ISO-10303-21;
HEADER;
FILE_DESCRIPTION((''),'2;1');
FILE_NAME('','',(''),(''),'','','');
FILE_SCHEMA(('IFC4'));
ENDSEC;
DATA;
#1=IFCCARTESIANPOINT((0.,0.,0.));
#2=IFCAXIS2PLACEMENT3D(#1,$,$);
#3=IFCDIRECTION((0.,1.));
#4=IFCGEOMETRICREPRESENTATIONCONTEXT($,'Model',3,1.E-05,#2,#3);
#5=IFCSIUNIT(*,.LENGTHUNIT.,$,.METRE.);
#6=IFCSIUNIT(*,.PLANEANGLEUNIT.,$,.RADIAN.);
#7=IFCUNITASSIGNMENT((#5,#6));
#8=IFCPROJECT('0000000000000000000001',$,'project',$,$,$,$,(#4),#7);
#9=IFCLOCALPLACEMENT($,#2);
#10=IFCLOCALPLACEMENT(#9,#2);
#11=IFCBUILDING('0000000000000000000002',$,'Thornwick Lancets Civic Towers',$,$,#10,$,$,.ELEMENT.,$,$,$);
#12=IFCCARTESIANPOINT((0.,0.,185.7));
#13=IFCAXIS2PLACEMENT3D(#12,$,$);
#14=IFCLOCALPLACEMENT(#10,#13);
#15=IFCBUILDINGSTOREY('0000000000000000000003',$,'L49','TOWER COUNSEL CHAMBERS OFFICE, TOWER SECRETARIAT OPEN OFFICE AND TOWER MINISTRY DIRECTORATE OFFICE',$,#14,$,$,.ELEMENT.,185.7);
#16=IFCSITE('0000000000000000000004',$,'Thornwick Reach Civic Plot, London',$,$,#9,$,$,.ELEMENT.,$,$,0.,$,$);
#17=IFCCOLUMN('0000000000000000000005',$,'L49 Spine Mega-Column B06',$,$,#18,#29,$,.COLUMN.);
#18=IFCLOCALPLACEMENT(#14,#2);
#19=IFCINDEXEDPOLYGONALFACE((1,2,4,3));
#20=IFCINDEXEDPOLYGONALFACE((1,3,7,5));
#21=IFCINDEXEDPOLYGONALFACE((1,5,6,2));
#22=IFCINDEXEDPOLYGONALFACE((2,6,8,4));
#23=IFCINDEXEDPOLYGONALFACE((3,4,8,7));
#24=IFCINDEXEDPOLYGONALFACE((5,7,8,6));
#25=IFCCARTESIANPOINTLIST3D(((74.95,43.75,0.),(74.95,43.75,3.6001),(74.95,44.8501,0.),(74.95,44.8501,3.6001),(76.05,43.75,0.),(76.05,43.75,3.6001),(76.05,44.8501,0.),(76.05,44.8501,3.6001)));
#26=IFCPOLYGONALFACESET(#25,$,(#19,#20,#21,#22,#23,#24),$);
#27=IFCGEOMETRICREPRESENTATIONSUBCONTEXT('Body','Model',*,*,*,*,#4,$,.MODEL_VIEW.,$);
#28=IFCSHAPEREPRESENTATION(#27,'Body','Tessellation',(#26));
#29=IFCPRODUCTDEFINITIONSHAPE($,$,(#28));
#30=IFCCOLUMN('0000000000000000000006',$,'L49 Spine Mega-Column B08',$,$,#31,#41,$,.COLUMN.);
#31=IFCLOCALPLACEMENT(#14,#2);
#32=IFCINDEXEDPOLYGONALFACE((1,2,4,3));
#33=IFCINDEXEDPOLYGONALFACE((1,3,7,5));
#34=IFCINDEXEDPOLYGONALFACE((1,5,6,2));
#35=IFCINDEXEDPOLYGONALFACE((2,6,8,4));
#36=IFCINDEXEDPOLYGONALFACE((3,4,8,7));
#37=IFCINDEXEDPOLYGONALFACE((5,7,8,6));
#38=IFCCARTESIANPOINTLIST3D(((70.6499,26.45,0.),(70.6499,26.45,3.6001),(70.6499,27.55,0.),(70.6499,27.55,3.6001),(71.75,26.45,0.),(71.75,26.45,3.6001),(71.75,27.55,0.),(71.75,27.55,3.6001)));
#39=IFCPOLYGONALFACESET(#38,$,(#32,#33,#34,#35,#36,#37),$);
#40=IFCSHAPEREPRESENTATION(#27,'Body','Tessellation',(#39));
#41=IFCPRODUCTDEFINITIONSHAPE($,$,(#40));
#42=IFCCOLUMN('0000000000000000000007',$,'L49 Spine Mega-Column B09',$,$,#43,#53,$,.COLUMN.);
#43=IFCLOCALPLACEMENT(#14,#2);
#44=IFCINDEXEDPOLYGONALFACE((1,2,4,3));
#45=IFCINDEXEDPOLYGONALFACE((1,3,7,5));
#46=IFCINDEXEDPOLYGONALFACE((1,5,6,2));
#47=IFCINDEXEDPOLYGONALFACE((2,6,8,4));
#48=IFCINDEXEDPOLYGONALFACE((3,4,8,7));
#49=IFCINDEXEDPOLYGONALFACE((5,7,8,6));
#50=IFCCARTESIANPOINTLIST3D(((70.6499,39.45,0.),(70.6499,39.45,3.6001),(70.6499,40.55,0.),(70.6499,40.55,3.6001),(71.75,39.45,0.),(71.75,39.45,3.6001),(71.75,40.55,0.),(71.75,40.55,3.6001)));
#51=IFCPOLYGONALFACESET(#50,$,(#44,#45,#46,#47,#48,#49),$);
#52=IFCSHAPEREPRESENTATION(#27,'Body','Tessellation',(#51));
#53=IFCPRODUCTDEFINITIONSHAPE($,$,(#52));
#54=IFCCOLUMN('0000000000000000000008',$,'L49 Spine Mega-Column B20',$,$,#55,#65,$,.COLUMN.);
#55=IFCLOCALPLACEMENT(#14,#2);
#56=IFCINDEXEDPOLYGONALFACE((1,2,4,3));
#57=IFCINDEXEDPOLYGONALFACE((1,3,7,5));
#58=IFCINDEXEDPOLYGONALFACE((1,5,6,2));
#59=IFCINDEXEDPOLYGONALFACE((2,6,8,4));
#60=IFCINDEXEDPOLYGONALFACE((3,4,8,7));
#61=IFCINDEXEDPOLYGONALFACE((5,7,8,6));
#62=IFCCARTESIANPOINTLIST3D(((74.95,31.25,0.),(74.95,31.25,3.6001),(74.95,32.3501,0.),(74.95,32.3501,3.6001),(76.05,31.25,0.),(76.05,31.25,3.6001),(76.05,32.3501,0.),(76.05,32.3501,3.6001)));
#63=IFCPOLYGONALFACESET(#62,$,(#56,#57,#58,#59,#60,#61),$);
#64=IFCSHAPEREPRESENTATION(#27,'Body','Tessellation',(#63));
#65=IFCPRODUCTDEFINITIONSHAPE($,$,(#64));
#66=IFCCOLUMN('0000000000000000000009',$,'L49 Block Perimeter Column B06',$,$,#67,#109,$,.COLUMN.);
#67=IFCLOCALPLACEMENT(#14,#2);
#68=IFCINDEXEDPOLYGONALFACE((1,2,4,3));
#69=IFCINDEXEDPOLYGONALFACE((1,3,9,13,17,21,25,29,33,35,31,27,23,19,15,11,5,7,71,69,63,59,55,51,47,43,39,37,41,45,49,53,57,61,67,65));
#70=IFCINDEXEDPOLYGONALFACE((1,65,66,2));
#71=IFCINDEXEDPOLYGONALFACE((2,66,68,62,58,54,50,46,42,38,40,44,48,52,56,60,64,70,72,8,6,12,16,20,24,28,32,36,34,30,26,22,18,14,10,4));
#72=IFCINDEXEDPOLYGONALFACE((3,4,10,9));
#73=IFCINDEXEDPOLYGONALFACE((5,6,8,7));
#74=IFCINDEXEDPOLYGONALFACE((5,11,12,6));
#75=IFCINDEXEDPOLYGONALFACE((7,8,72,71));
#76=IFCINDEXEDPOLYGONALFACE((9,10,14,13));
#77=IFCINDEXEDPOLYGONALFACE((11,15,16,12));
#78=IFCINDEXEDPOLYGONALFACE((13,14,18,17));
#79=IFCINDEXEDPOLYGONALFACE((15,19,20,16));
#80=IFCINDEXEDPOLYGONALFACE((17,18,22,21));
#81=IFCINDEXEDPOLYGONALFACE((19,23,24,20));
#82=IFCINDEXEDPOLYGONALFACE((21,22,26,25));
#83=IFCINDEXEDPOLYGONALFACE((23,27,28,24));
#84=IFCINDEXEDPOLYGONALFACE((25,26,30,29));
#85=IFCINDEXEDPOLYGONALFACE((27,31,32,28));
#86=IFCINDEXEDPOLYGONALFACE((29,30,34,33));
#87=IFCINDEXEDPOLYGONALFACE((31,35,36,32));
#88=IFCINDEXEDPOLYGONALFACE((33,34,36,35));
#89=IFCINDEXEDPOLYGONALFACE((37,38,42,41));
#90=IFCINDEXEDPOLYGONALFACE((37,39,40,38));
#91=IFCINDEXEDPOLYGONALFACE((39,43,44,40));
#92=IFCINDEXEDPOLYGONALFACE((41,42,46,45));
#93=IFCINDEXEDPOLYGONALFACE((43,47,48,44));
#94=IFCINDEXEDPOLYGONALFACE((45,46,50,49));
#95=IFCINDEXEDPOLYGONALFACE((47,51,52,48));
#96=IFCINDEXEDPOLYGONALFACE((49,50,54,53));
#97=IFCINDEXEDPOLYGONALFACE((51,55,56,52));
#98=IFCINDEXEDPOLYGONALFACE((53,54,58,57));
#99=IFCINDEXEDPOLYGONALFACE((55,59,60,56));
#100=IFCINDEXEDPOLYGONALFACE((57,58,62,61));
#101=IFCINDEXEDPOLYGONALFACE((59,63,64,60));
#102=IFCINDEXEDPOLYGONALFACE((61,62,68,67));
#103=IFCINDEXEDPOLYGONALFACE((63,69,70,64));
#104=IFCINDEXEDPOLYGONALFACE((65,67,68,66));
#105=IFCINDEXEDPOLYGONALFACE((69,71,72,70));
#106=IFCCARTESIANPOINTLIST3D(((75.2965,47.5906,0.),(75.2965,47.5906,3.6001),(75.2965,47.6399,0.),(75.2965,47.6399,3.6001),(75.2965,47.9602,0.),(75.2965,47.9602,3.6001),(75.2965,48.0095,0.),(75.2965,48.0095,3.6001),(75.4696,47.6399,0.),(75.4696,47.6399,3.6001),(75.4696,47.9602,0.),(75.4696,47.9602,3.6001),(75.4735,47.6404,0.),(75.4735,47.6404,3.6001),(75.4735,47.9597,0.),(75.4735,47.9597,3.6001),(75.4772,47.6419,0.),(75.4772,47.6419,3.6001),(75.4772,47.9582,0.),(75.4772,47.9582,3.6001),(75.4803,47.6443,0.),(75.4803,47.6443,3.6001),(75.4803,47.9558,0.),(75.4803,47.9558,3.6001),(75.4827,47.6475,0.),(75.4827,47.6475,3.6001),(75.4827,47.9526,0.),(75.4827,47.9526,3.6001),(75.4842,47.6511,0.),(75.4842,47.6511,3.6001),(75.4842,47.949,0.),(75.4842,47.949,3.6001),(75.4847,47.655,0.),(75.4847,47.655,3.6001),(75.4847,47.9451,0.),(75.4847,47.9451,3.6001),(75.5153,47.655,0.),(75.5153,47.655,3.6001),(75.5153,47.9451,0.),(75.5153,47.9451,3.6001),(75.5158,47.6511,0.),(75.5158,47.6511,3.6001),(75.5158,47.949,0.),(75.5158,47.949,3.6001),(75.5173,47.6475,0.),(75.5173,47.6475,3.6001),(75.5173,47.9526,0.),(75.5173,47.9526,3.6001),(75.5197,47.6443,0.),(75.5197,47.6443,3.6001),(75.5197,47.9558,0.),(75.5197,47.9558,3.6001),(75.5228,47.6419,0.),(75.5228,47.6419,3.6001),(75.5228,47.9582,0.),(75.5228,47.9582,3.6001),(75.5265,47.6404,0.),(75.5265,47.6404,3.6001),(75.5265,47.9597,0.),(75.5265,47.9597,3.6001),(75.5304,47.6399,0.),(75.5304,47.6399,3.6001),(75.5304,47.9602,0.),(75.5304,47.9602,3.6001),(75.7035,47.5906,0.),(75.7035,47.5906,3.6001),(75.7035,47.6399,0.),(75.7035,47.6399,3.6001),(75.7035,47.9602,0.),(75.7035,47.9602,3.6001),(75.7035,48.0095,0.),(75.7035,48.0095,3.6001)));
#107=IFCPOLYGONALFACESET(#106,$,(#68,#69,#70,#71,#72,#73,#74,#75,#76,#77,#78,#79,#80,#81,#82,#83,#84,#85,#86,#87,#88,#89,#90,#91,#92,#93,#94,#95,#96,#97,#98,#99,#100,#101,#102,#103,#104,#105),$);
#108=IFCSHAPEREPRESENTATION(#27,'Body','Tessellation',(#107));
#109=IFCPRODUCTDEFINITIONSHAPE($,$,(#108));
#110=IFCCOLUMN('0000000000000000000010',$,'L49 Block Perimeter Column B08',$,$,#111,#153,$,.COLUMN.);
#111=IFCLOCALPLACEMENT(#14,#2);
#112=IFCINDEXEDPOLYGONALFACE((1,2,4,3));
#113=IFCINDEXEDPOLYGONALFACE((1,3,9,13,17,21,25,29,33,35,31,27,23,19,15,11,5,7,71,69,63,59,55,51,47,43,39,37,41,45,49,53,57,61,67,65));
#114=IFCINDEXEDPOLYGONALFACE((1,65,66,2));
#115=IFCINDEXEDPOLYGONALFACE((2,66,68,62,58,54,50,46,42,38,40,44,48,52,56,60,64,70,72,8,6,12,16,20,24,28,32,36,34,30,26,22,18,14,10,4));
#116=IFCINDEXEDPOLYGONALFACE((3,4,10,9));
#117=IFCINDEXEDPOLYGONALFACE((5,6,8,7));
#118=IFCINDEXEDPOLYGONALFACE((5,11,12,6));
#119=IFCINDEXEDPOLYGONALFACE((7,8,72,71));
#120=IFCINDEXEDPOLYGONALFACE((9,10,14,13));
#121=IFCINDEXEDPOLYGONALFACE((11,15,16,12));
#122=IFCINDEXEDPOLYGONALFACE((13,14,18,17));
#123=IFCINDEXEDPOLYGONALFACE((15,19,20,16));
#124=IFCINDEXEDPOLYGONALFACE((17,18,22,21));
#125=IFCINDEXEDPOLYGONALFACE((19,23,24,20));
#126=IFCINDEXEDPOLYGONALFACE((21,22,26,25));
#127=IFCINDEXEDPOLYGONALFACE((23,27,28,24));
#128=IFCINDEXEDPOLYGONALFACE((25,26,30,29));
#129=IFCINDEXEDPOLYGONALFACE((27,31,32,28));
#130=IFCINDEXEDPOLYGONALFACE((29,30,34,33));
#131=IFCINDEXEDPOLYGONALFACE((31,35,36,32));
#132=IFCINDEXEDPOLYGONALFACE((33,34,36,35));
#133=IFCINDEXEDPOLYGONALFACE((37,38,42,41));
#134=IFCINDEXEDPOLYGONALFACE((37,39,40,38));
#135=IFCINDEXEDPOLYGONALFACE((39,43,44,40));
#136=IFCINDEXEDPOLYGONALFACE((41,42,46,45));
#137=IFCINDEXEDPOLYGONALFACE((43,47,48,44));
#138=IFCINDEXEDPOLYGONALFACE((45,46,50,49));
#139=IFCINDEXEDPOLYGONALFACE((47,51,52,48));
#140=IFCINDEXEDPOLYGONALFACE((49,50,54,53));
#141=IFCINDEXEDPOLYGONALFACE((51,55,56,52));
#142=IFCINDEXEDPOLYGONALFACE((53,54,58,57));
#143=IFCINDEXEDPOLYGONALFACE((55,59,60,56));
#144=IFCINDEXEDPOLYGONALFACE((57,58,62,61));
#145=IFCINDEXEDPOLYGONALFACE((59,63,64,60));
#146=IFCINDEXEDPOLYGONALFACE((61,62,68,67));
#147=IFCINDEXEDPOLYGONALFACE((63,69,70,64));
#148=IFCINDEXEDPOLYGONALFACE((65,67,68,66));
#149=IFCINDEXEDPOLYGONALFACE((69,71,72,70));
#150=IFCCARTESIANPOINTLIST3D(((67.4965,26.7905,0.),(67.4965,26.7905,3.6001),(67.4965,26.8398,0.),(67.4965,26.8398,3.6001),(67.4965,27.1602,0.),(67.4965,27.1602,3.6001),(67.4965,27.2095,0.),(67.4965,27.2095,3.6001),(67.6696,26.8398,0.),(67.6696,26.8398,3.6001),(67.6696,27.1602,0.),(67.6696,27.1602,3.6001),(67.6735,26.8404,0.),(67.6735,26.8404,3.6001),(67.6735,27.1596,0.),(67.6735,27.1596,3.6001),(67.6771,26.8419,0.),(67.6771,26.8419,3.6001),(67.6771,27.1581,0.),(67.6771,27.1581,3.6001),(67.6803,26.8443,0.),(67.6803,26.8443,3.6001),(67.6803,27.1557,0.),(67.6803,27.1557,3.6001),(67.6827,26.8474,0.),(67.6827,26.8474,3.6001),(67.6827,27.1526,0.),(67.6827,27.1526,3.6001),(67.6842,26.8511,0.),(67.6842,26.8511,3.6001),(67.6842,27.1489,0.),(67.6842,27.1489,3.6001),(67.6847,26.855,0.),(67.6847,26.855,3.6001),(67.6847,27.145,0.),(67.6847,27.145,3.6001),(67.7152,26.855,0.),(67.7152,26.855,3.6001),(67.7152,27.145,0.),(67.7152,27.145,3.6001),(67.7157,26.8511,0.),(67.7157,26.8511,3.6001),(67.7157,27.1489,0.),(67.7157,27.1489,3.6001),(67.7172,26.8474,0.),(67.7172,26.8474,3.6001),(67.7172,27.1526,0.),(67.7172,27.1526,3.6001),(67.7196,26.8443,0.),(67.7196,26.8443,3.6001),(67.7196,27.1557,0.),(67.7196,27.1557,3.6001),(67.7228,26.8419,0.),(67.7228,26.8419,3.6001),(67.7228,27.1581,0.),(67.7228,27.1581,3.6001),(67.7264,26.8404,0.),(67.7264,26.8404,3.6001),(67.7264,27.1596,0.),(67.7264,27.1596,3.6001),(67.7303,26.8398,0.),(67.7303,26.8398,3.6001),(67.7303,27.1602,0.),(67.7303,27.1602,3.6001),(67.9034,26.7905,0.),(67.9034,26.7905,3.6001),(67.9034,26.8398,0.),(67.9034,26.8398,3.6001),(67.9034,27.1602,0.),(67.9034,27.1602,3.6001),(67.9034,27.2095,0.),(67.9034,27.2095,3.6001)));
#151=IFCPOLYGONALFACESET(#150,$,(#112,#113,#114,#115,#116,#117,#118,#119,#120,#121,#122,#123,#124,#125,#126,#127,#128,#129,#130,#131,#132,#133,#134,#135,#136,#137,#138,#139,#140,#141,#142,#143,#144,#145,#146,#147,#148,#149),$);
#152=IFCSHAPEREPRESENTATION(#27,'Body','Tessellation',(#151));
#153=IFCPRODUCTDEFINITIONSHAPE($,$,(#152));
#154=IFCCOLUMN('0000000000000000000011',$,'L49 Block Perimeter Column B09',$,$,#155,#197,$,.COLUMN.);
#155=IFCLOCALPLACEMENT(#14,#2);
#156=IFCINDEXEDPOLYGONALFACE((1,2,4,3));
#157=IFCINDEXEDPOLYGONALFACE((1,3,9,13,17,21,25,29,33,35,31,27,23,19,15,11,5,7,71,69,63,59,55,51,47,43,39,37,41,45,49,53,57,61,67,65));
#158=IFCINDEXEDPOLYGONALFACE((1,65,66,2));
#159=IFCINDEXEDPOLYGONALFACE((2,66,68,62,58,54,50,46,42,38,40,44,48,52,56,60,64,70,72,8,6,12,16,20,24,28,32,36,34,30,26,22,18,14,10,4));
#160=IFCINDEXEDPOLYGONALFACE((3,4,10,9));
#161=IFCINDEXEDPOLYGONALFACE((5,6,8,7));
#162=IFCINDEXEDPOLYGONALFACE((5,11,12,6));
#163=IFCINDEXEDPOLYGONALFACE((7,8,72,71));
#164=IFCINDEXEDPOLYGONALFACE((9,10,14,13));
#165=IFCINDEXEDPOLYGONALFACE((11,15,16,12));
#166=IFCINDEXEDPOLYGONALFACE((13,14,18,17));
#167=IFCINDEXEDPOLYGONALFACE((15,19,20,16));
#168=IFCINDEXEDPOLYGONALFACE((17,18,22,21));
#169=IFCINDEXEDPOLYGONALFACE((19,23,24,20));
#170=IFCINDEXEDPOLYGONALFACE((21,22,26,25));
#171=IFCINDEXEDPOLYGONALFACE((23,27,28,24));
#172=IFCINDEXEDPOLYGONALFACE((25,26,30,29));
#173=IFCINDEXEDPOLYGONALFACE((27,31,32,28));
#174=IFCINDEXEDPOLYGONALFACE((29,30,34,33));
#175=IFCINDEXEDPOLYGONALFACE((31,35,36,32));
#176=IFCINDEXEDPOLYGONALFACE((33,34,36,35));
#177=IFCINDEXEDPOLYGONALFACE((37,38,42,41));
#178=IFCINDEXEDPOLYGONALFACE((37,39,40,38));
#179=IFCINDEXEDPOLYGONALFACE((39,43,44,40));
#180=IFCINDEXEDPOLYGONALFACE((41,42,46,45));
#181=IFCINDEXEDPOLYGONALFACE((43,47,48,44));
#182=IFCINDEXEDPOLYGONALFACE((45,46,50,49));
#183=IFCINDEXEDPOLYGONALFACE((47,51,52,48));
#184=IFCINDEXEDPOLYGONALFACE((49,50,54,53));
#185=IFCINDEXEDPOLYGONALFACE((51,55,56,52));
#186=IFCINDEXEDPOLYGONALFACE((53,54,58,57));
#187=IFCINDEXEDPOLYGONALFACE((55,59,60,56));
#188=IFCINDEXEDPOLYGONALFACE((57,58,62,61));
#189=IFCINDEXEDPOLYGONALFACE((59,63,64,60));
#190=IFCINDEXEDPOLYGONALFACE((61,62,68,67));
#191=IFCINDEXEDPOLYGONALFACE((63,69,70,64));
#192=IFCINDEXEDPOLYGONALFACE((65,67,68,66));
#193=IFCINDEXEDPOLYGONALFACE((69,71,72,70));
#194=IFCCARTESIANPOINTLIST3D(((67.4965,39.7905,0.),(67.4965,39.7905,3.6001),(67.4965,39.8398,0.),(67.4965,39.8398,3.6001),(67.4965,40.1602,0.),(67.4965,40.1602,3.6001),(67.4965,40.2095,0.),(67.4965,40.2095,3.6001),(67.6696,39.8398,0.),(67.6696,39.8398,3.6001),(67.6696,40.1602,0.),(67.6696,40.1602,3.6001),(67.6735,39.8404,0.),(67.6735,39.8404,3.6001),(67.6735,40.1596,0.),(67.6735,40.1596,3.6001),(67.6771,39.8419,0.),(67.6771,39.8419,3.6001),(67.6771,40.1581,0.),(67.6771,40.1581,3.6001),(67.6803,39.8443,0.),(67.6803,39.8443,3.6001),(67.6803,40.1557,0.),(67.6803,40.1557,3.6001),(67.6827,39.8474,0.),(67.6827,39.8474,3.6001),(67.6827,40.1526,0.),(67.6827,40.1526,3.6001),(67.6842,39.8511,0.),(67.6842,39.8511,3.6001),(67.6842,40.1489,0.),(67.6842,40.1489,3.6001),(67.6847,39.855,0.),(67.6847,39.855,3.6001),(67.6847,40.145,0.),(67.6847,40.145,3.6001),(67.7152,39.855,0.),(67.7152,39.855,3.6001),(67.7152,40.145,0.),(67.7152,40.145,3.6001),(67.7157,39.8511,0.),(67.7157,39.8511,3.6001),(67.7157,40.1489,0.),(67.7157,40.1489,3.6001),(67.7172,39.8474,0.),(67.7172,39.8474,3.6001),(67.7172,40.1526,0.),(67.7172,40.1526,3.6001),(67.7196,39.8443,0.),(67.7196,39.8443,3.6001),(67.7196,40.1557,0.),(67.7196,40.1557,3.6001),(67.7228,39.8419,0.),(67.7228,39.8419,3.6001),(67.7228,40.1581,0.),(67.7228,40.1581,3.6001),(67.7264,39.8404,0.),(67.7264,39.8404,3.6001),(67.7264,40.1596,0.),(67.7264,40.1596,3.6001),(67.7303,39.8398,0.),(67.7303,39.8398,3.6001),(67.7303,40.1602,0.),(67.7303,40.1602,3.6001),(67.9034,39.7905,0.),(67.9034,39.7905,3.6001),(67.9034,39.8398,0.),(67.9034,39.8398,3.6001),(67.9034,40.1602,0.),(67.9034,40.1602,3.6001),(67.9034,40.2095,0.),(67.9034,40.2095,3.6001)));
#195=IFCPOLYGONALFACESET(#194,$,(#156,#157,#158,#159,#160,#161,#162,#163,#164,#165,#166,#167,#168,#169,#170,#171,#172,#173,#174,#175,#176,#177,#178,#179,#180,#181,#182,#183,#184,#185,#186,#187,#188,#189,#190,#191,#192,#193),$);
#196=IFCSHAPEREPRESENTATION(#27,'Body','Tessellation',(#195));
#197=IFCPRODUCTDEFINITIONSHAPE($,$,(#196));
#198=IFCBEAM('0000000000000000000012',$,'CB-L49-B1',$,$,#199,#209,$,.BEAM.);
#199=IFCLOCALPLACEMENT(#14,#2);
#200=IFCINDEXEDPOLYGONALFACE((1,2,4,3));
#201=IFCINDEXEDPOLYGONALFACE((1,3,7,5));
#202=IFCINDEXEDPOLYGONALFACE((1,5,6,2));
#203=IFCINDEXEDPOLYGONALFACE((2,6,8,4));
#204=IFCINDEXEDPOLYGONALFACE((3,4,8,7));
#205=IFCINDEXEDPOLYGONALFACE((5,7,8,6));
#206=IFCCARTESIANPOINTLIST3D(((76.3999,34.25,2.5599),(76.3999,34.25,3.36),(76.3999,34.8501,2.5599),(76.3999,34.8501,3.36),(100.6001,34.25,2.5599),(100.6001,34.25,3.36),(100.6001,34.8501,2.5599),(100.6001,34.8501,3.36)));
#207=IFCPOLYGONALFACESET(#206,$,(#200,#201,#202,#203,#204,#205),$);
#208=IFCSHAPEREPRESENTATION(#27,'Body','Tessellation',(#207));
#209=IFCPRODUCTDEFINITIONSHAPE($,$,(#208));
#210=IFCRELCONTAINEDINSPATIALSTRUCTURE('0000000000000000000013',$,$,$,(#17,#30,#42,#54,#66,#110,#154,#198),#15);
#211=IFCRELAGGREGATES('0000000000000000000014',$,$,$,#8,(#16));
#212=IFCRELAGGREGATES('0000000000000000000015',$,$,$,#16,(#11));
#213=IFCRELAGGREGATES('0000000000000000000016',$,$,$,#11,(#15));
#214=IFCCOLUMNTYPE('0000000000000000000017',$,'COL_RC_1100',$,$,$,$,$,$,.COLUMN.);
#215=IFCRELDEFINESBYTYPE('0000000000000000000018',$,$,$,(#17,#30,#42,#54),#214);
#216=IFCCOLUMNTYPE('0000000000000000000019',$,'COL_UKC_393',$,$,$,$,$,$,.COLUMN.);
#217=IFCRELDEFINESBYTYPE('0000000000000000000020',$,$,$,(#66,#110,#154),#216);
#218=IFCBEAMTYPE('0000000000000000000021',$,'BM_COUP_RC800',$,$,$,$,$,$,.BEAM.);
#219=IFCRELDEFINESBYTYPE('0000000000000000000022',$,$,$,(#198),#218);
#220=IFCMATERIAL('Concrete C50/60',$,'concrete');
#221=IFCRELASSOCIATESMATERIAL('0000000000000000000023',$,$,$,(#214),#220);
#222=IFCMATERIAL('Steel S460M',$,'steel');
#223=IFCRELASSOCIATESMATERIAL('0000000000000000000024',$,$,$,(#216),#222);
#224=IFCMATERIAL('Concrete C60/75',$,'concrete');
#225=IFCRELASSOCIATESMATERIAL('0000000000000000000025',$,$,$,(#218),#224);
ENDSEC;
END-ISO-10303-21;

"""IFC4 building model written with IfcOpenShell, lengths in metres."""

from ifc_helpers import new_model, si_unit, direction, frame, origin, origin_2d, place, context, subcontext, project, spatial, rectangle, i_section, extrude, material, material_profile, profile_set, type_object, element, save


model = new_model("IFC4")

# Units and contexts
model_context = context("Model", 3, precision=1e-05, world=origin(), true_north=direction((0.0, 1.0)))
body_context = subcontext(model_context, "Body", "Model", "MODEL_VIEW")
ifc_project = project(units=[si_unit("LENGTHUNIT", "METRE"), si_unit("PLANEANGLEUNIT", "RADIAN")], contexts=[model_context])

# Site, building, storey
site_placement = place(None, origin())
site = spatial("IfcSite", under=ifc_project, at=site_placement, Name="Thornwick Reach Civic Plot, London", CompositionType="ELEMENT", RefElevation=0.0)
building_placement = place(site_placement, origin())
building = spatial("IfcBuilding", under=site, at=building_placement, Name="Thornwick Lancets Civic Towers", CompositionType="ELEMENT")
storey_placement = place(building_placement, frame((0.0, 0.0, 185.7)))
storey = spatial("IfcBuildingStorey", under=building, at=storey_placement, Name="L49", Description="TOWER COUNSEL CHAMBERS OFFICE, TOWER SECRETARIAT OPEN OFFICE AND TOWER MINISTRY DIRECTORATE OFFICE", CompositionType="ELEMENT", Elevation=185.7)

# Columns
ifc_material_1 = material(Name="Concrete C50/60", Category="concrete")
ifc_material_profile_1 = material_profile(ifc_material_1, rectangle(XDim=1.1001, YDim=1.1001, at=origin_2d()), Name="RC 1100x1100")
ifc_profile_set_1 = profile_set([ifc_material_profile_1], Name="Concrete C50/60")
column_type_1 = type_object("IfcColumnType", Name="COL_RC_1100", PredefinedType="COLUMN", material=ifc_profile_set_1)
for number, where, z_axis, x_axis, name in (
    (1, (75.5, 44.3, 0.0), (0.0, 0.0, 1.0), (1.0, 0.0, 0.0), "L49 Spine Mega-Column B06"),
    (2, (71.2, 27.0, 0.0), (0.0, 0.0, 1.0), (1.0, 0.0, 0.0), "L49 Spine Mega-Column B08"),
    (3, (71.2, 40.0, 0.0), (0.0, 0.0, 1.0), (1.0, 0.0, 0.0), "L49 Spine Mega-Column B09"),
    (4, (75.5, 31.8, 0.0), (0.0, 0.0, 1.0), (1.0, 0.0, 0.0), "L49 Spine Mega-Column B20"),
):
    element("IfcColumn", number, at=place(storey_placement, frame(where, z_axis=z_axis, x_axis=x_axis)), inside=storey, type_object=column_type_1, Name=name, PredefinedType="COLUMN", context=body_context, shape_type="SweptSolid", body=[
        extrude(rectangle(XDim=1.1001, YDim=1.1001, at=origin_2d()), origin(), (0.0, 0.0, 1.0), 3.6001),
    ])
ifc_material_2 = material(Name="Steel S460M", Category="steel")
ifc_material_profile_2 = material_profile(ifc_material_2, i_section(OverallWidth=0.407, OverallDepth=0.4189, WebThickness=0.0305, FlangeThickness=0.0493, FilletRadius=0.0151, at=origin_2d()), Name="UKC 356x406x393")
ifc_profile_set_2 = profile_set([ifc_material_profile_2], Name="Steel S460M")
column_type_2 = type_object("IfcColumnType", Name="COL_UKC_393", PredefinedType="COLUMN", material=ifc_profile_set_2)
for number, where, z_axis, x_axis, name in (
    (5, (75.5, 47.8, 0.0), (0.0, 0.0, 1.0), (1.0, 0.0, 0.0), "L49 Block Perimeter Column B06"),
    (6, (67.7, 27.0, 0.0), (0.0, 0.0, 1.0), (1.0, 0.0, 0.0), "L49 Block Perimeter Column B08"),
    (7, (67.7, 40.0, 0.0), (0.0, 0.0, 1.0), (1.0, 0.0, 0.0), "L49 Block Perimeter Column B09"),
):
    element("IfcColumn", number, at=place(storey_placement, frame(where, z_axis=z_axis, x_axis=x_axis)), inside=storey, type_object=column_type_2, Name=name, PredefinedType="COLUMN", context=body_context, shape_type="SweptSolid", body=[
        extrude(i_section(OverallWidth=0.407, OverallDepth=0.4189, WebThickness=0.0305, FlangeThickness=0.0493, FilletRadius=0.0151, at=origin_2d()), origin(), (0.0, 0.0, 1.0), 3.6001),
    ])

# Beam
ifc_material_3 = material(Name="Concrete C60/75", Category="concrete")
ifc_material_profile_3 = material_profile(ifc_material_3, rectangle(XDim=0.6001, YDim=0.8, at=origin_2d()), Name="RC 600x800")
ifc_profile_set_3 = profile_set([ifc_material_profile_3], Name="Concrete C60/75")
beam_type_1 = type_object("IfcBeamType", Name="BM_COUP_RC800", PredefinedType="BEAM", material=ifc_profile_set_3)
beam_1_placement = place(storey_placement, frame((76.3999, 34.55, 2.96), z_axis=(1.0, 0.0, 0.0), x_axis=(0.0, 1.0, 0.0)))
element("IfcBeam", 8, at=beam_1_placement, inside=storey, type_object=beam_type_1, Name="CB-L49-B1", PredefinedType="BEAM", context=body_context, shape_type="SweptSolid", body=[
    extrude(rectangle(XDim=0.6001, YDim=0.8, at=origin_2d()), origin(), (0.0, 0.0, 1.0), 24.2002),
])

save(model, "model.ifc")
